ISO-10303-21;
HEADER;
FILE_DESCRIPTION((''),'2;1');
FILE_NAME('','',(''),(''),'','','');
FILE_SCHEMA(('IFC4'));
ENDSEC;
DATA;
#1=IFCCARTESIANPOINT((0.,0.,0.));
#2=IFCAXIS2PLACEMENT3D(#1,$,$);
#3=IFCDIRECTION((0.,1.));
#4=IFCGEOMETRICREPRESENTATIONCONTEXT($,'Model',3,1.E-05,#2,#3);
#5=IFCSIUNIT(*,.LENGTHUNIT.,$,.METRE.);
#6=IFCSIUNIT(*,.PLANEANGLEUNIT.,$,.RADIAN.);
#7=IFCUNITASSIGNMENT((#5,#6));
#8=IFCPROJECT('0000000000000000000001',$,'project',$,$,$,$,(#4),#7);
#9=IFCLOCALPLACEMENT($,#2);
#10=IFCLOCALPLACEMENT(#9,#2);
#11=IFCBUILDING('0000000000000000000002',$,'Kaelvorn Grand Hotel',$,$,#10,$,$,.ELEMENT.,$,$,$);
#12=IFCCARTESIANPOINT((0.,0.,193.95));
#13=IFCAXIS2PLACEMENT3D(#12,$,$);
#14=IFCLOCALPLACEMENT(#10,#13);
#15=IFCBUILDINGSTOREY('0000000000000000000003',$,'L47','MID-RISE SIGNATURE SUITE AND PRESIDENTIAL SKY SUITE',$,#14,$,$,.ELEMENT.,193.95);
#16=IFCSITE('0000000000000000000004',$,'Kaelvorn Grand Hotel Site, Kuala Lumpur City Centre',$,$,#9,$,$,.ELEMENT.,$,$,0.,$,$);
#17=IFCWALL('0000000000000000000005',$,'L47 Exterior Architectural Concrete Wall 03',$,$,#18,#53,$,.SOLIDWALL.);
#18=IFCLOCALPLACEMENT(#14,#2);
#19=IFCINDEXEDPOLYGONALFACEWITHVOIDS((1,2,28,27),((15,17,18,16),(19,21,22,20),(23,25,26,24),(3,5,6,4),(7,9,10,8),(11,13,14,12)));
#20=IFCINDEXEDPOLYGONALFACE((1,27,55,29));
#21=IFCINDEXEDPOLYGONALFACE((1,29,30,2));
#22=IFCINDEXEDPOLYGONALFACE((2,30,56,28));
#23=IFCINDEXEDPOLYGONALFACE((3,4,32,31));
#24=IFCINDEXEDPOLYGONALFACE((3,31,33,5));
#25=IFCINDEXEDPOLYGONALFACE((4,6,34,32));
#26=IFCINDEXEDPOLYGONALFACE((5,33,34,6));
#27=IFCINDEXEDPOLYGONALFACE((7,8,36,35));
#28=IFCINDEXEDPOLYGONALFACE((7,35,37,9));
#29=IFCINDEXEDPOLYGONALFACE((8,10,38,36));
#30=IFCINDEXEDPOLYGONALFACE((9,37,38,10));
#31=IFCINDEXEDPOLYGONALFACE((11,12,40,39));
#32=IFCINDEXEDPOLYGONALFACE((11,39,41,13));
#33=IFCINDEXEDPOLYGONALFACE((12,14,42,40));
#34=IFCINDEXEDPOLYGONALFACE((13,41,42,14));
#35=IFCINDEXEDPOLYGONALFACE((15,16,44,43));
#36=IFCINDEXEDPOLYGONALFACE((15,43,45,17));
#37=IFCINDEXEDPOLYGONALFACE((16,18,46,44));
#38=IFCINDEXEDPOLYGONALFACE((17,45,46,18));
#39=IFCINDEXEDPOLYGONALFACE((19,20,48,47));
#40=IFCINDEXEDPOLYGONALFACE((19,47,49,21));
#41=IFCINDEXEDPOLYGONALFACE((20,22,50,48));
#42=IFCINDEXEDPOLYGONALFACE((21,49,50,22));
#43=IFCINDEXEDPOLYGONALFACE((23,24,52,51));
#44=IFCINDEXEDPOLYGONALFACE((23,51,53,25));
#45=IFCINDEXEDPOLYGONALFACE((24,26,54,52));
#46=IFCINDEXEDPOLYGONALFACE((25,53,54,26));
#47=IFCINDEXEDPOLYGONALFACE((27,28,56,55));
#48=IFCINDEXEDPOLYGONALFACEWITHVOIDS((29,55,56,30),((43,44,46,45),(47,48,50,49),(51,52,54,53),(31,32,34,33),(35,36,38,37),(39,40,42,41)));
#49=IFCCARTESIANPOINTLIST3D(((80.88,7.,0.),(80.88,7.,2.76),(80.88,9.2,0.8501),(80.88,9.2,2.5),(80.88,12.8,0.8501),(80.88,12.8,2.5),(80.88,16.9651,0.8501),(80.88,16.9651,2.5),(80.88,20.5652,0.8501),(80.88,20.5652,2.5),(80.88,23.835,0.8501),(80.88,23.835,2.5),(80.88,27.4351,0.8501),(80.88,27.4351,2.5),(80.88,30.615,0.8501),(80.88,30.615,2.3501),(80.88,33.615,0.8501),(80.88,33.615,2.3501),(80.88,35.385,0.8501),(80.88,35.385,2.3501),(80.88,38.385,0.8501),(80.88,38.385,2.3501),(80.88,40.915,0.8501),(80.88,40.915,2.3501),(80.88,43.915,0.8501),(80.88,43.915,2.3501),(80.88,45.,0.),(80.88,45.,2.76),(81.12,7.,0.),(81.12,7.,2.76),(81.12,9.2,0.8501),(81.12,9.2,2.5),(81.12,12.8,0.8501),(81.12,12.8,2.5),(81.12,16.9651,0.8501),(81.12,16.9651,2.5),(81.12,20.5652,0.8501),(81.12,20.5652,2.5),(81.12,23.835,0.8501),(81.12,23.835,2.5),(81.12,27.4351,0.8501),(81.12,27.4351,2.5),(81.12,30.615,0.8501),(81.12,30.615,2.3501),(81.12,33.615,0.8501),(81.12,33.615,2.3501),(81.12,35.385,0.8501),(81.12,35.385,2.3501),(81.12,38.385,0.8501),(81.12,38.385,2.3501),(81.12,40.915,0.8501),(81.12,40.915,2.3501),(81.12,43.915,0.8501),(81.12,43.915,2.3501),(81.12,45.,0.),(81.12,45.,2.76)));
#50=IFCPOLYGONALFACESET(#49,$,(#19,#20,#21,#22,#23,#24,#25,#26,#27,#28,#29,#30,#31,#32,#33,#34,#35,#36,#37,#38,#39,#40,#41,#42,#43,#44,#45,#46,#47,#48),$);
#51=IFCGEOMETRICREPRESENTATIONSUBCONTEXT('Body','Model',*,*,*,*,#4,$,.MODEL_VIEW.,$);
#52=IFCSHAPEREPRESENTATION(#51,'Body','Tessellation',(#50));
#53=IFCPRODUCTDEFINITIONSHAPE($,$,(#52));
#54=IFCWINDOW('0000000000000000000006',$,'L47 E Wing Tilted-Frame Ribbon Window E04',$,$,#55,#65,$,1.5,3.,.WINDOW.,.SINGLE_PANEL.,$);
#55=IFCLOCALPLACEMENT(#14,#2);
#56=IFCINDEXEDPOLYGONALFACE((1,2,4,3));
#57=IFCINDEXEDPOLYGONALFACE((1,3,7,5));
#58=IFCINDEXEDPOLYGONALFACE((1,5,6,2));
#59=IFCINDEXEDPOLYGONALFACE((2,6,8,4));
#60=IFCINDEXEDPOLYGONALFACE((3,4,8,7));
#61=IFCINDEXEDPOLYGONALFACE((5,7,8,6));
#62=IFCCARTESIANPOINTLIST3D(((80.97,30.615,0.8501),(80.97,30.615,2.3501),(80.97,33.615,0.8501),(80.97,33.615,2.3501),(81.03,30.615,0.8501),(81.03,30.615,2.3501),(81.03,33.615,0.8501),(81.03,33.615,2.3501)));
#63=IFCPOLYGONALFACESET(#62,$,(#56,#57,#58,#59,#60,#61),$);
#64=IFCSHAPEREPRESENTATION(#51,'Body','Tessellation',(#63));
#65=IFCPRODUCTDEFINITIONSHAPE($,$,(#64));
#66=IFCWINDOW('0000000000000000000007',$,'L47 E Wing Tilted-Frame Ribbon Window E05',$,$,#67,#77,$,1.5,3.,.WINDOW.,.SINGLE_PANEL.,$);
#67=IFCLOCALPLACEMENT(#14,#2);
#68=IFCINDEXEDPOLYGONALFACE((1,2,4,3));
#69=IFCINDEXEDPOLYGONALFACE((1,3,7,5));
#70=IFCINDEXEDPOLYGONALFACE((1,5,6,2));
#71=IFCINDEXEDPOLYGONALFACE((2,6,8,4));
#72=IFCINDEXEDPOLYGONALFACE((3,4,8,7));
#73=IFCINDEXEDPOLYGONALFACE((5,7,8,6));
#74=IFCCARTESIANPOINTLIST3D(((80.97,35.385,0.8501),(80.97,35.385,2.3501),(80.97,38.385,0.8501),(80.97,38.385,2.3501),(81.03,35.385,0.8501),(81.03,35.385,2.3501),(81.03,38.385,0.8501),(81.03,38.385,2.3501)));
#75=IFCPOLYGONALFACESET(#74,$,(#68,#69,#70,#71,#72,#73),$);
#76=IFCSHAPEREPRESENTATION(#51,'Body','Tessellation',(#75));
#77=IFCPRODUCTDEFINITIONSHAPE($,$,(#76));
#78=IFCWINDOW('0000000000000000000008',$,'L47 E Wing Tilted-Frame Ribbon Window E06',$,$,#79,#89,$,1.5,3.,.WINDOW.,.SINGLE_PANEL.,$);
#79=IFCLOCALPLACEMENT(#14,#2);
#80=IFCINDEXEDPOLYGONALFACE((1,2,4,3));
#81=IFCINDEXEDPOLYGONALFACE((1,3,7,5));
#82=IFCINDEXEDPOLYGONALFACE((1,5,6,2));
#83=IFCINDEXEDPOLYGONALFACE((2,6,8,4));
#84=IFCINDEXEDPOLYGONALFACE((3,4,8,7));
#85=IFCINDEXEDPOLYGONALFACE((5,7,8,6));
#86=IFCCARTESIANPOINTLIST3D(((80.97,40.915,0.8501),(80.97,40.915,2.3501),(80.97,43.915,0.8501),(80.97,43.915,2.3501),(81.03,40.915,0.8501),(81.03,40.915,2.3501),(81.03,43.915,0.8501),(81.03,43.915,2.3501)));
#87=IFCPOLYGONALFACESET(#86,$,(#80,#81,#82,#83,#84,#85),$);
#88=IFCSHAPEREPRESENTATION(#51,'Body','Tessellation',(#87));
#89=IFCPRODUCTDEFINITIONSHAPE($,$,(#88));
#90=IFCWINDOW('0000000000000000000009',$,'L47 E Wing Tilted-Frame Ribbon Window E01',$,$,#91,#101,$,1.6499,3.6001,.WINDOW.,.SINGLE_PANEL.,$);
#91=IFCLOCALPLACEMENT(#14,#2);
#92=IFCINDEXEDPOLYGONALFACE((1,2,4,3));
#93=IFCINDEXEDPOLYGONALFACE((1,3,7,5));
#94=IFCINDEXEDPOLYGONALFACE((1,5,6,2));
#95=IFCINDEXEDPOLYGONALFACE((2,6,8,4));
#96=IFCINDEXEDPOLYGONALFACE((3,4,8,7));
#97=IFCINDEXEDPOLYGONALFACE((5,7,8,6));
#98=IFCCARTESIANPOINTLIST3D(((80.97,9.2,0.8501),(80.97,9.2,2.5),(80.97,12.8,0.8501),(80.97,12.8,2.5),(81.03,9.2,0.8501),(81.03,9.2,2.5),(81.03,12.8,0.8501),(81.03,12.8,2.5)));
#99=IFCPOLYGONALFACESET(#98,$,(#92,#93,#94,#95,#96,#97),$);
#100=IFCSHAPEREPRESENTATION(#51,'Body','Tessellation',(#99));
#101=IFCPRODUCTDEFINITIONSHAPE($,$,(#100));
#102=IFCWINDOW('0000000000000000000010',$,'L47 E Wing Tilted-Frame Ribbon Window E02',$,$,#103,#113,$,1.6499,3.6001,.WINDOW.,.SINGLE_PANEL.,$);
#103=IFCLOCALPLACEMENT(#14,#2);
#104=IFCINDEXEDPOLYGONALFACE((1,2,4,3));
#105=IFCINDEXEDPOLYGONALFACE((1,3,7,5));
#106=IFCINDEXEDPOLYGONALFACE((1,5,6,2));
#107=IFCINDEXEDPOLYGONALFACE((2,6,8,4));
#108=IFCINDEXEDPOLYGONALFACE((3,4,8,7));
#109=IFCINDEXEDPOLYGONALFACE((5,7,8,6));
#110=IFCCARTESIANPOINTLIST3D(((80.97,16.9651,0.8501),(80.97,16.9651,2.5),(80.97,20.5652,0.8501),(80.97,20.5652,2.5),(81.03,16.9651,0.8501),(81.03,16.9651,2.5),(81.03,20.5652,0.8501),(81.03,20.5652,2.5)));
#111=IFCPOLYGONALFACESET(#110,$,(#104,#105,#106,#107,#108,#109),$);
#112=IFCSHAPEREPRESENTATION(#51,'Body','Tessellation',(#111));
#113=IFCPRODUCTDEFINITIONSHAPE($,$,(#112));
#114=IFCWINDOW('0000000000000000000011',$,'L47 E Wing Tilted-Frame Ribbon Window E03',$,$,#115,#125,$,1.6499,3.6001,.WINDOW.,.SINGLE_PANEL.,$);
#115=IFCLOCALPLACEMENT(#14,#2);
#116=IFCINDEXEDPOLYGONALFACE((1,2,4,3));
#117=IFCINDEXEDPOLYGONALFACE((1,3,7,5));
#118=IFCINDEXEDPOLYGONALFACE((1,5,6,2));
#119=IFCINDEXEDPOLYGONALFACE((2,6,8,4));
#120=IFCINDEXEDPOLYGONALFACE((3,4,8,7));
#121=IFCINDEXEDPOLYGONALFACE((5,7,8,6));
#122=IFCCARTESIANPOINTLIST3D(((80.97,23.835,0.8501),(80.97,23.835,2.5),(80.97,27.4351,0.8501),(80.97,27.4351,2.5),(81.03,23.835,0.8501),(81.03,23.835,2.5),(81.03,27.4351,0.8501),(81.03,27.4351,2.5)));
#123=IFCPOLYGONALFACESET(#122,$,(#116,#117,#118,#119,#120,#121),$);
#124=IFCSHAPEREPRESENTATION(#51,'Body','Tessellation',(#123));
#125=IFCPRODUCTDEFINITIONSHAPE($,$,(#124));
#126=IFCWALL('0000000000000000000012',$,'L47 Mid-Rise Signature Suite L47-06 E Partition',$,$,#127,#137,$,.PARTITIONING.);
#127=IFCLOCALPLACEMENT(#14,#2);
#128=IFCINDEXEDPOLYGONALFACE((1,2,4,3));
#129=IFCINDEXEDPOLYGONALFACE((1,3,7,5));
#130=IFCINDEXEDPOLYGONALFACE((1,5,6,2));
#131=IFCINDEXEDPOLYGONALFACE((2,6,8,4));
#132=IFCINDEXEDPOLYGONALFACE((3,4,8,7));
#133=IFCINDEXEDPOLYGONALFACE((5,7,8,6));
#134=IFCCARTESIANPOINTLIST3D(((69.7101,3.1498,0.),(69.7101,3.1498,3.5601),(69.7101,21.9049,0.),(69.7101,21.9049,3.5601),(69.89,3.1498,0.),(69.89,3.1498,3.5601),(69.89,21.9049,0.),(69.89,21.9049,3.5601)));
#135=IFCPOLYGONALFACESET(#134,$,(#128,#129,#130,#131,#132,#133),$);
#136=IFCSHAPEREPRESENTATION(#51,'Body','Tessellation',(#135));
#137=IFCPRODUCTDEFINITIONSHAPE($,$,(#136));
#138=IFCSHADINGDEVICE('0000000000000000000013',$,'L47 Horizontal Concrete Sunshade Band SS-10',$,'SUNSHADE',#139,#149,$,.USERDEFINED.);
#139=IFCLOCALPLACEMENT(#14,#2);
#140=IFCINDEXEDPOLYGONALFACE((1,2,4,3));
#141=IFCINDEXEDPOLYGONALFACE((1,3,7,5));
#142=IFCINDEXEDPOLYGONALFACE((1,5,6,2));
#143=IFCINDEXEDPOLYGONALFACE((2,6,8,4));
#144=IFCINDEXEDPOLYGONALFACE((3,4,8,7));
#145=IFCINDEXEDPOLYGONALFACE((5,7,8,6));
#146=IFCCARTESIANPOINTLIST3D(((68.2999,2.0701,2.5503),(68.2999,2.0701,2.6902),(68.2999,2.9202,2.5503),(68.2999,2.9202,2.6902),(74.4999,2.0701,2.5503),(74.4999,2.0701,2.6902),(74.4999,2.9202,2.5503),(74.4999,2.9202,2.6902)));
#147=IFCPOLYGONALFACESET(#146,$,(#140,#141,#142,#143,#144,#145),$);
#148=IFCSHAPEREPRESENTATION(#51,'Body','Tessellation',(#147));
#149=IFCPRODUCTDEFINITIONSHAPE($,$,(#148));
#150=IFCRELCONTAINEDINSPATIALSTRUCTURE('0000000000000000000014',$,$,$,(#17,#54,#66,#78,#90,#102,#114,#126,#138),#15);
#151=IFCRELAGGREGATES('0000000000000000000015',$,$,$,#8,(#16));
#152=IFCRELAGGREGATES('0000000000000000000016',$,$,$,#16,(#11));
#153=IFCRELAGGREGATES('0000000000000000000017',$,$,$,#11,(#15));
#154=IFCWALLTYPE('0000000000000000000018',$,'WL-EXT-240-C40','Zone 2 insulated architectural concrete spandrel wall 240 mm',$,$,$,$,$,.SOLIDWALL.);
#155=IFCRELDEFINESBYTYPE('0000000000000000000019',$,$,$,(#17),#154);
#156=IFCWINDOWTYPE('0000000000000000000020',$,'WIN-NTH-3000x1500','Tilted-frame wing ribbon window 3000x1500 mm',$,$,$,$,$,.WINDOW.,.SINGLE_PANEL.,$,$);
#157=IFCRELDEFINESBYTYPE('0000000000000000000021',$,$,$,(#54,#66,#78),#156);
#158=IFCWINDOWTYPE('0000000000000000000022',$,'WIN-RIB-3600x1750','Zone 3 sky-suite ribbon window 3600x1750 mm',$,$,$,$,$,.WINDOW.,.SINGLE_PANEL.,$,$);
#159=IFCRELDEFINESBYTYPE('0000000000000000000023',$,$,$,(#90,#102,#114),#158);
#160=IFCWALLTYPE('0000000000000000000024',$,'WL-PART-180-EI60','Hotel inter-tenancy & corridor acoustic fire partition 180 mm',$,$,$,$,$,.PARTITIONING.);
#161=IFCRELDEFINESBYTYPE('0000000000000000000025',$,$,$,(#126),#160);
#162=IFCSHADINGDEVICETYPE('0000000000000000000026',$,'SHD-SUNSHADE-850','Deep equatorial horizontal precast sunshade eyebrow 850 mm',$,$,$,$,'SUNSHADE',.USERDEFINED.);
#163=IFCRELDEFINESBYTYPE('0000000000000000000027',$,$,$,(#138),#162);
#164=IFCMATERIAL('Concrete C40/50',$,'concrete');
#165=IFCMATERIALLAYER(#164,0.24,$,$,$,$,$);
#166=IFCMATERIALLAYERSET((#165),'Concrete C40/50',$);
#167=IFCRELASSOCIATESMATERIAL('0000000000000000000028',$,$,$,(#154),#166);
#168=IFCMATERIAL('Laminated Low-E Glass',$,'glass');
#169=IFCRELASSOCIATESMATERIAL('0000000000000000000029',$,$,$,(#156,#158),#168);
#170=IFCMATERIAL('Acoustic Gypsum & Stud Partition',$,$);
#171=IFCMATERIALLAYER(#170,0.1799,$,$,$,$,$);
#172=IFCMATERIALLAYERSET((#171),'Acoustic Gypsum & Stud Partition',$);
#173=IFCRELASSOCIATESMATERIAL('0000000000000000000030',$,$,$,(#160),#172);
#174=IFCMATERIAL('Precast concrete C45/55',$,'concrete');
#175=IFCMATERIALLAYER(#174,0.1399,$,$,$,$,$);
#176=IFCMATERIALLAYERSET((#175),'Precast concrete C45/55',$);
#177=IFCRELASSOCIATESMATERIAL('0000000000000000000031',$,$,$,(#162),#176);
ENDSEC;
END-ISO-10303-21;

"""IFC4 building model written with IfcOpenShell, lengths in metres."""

from ifc_helpers import new_model, si_unit, direction, frame, frame_2d, origin, origin_2d, place, context, subcontext, project, spatial, rectangle, extrude, material, layer, layer_set, type_object, element, fill, save


model = new_model("IFC4")

# Units and contexts
model_context = context("Model", 3, precision=1e-05, world=origin(), true_north=direction((0.0, 1.0)))
body_context = subcontext(model_context, "Body", "Model", "MODEL_VIEW")
ifc_project = project(units=[si_unit("LENGTHUNIT", "METRE"), si_unit("PLANEANGLEUNIT", "RADIAN")], contexts=[model_context])

# Site, building, storey
site_placement = place(None, origin())
site = spatial("IfcSite", under=ifc_project, at=site_placement, Name="Kaelvorn Grand Hotel Site, Kuala Lumpur City Centre", CompositionType="ELEMENT", RefElevation=0.0)
building_placement = place(site_placement, origin())
building = spatial("IfcBuilding", under=site, at=building_placement, Name="Kaelvorn Grand Hotel", CompositionType="ELEMENT")
storey_placement = place(building_placement, frame((0.0, 0.0, 193.95)))
storey = spatial("IfcBuildingStorey", under=building, at=storey_placement, Name="L47", Description="MID-RISE SIGNATURE SUITE AND PRESIDENTIAL SKY SUITE", CompositionType="ELEMENT", Elevation=193.95)

# Shared definitions
ifc_material_1 = material(Name="Precast concrete C45/55", Category="concrete")

# Shared definitions
ifc_material_2 = material(Name="Concrete C40/50", Category="concrete")
ifc_layer_1 = layer(ifc_material_2, 0.24)
ifc_layer_set_1 = layer_set([ifc_layer_1], Name="Concrete C40/50")
wall_type_1 = type_object("IfcWallType", Name="WL-EXT-240-C40", Description="Zone 2 insulated architectural concrete spandrel wall 240 mm", PredefinedType="SOLIDWALL", material=ifc_layer_set_1)
ifc_material_3 = material(Name="Laminated Low-E Glass", Category="glass")

# Wall, openings, windows
wall_1_placement = place(storey_placement, frame((81.0, 7.0, 0.0), z_axis=(0.0, 0.0, 1.0), x_axis=(0.0, 1.0, 0.0)))
wall_1 = element("IfcWall", 1, at=wall_1_placement, inside=storey, type_object=wall_type_1, Name="L47 Exterior Architectural Concrete Wall 03", PredefinedType="SOLIDWALL", context=body_context, shape_type="SweptSolid", body=[
    extrude(rectangle(XDim=38.0, YDim=0.24, at=frame_2d((19.0, 0.0))), origin(), (0.0, 0.0, 1.0), 2.76),
])
opening_1_placement = place(wall_1_placement, frame((2.2, 0.0, 0.8501)))
opening_1 = element("IfcOpeningElement", 2, at=opening_1_placement, cuts=wall_1, PredefinedType="OPENING", context=body_context, shape_type="SweptSolid", body=[
    extrude(rectangle(XDim=3.6001, YDim=1.6499, at=frame_2d((1.8, 0.825))), frame((0.0, 0.1299, 0.0), z_axis=(0.0, -1.0, 0.0), x_axis=(1.0, 0.0, 0.0)), (0.0, 0.0, 1.0), 0.26),
])
opening_2_placement = place(wall_1_placement, frame((9.9651, 0.0, 0.8501)))
opening_2 = element("IfcOpeningElement", 3, at=opening_2_placement, cuts=wall_1, PredefinedType="OPENING", context=body_context, shape_type="SweptSolid", body=[
    extrude(rectangle(XDim=3.6001, YDim=1.6499, at=frame_2d((1.8, 0.825))), frame((0.0, 0.1299, 0.0), z_axis=(0.0, -1.0, 0.0), x_axis=(1.0, 0.0, 0.0)), (0.0, 0.0, 1.0), 0.26),
])
opening_3_placement = place(wall_1_placement, frame((16.835, 0.0, 0.8501)))
opening_3 = element("IfcOpeningElement", 4, at=opening_3_placement, cuts=wall_1, PredefinedType="OPENING", context=body_context, shape_type="SweptSolid", body=[
    extrude(rectangle(XDim=3.6001, YDim=1.6499, at=frame_2d((1.8, 0.825))), frame((0.0, 0.1299, 0.0), z_axis=(0.0, -1.0, 0.0), x_axis=(1.0, 0.0, 0.0)), (0.0, 0.0, 1.0), 0.26),
])
opening_4_placement = place(wall_1_placement, frame((23.615, 0.0, 0.8501)))
opening_4 = element("IfcOpeningElement", 5, at=opening_4_placement, cuts=wall_1, PredefinedType="OPENING", context=body_context, shape_type="SweptSolid", body=[
    extrude(rectangle(XDim=3.0, YDim=1.5, at=frame_2d((1.5, 0.75))), frame((0.0, 0.1299, 0.0), z_axis=(0.0, -1.0, 0.0), x_axis=(1.0, 0.0, 0.0)), (0.0, 0.0, 1.0), 0.26),
])
opening_5_placement = place(wall_1_placement, frame((28.385, 0.0, 0.8501)))
opening_5 = element("IfcOpeningElement", 6, at=opening_5_placement, cuts=wall_1, PredefinedType="OPENING", context=body_context, shape_type="SweptSolid", body=[
    extrude(rectangle(XDim=3.0, YDim=1.5, at=frame_2d((1.5, 0.75))), frame((0.0, 0.1299, 0.0), z_axis=(0.0, -1.0, 0.0), x_axis=(1.0, 0.0, 0.0)), (0.0, 0.0, 1.0), 0.26),
])
opening_6_placement = place(wall_1_placement, frame((33.915, 0.0, 0.8501)))
opening_6 = element("IfcOpeningElement", 7, at=opening_6_placement, cuts=wall_1, PredefinedType="OPENING", context=body_context, shape_type="SweptSolid", body=[
    extrude(rectangle(XDim=3.0, YDim=1.5, at=frame_2d((1.5, 0.75))), frame((0.0, 0.1299, 0.0), z_axis=(0.0, -1.0, 0.0), x_axis=(1.0, 0.0, 0.0)), (0.0, 0.0, 1.0), 0.26),
])
window_type_1 = type_object("IfcWindowType", Name="WIN-NTH-3000x1500", Description="Tilted-frame wing ribbon window 3000x1500 mm", PartitioningType="SINGLE_PANEL", PredefinedType="WINDOW", material=ifc_material_3)
window_1_placement = place(opening_4_placement, origin())
window_1 = element("IfcWindow", 8, at=window_1_placement, inside=storey, type_object=window_type_1, Name="L47 E Wing Tilted-Frame Ribbon Window E04", OverallHeight=1.5, OverallWidth=3.0, PartitioningType="SINGLE_PANEL", PredefinedType="WINDOW", context=body_context, shape_type="SweptSolid", body=[
    extrude(rectangle(XDim=3.0, YDim=1.5, at=frame_2d((1.5, 0.75))), frame((0.0, 0.03, 0.0), z_axis=(0.0, -1.0, 0.0), x_axis=(1.0, 0.0, 0.0)), (0.0, 0.0, 1.0), 0.0601),
])
fill(opening_4, window_1)
window_2_placement = place(opening_5_placement, origin())
window_2 = element("IfcWindow", 9, at=window_2_placement, inside=storey, type_object=window_type_1, Name="L47 E Wing Tilted-Frame Ribbon Window E05", OverallHeight=1.5, OverallWidth=3.0, PartitioningType="SINGLE_PANEL", PredefinedType="WINDOW", context=body_context, shape_type="SweptSolid", body=[
    extrude(rectangle(XDim=3.0, YDim=1.5, at=frame_2d((1.5, 0.75))), frame((0.0, 0.03, 0.0), z_axis=(0.0, -1.0, 0.0), x_axis=(1.0, 0.0, 0.0)), (0.0, 0.0, 1.0), 0.0601),
])
fill(opening_5, window_2)
window_3_placement = place(opening_6_placement, origin())
window_3 = element("IfcWindow", 10, at=window_3_placement, inside=storey, type_object=window_type_1, Name="L47 E Wing Tilted-Frame Ribbon Window E06", OverallHeight=1.5, OverallWidth=3.0, PartitioningType="SINGLE_PANEL", PredefinedType="WINDOW", context=body_context, shape_type="SweptSolid", body=[
    extrude(rectangle(XDim=3.0, YDim=1.5, at=frame_2d((1.5, 0.75))), frame((0.0, 0.03, 0.0), z_axis=(0.0, -1.0, 0.0), x_axis=(1.0, 0.0, 0.0)), (0.0, 0.0, 1.0), 0.0601),
])
fill(opening_6, window_3)
window_type_2 = type_object("IfcWindowType", Name="WIN-RIB-3600x1750", Description="Zone 3 sky-suite ribbon window 3600x1750 mm", PartitioningType="SINGLE_PANEL", PredefinedType="WINDOW", material=ifc_material_3)
window_4_placement = place(opening_1_placement, origin())
window_4 = element("IfcWindow", 11, at=window_4_placement, inside=storey, type_object=window_type_2, Name="L47 E Wing Tilted-Frame Ribbon Window E01", OverallHeight=1.6499, OverallWidth=3.6001, PartitioningType="SINGLE_PANEL", PredefinedType="WINDOW", context=body_context, shape_type="SweptSolid", body=[
    extrude(rectangle(XDim=3.6001, YDim=1.6499, at=frame_2d((1.8, 0.825))), frame((0.0, 0.03, 0.0), z_axis=(0.0, -1.0, 0.0), x_axis=(1.0, 0.0, 0.0)), (0.0, 0.0, 1.0), 0.0601),
])
fill(opening_1, window_4)
window_5_placement = place(opening_2_placement, origin())
window_5 = element("IfcWindow", 12, at=window_5_placement, inside=storey, type_object=window_type_2, Name="L47 E Wing Tilted-Frame Ribbon Window E02", OverallHeight=1.6499, OverallWidth=3.6001, PartitioningType="SINGLE_PANEL", PredefinedType="WINDOW", context=body_context, shape_type="SweptSolid", body=[
    extrude(rectangle(XDim=3.6001, YDim=1.6499, at=frame_2d((1.8, 0.825))), frame((0.0, 0.03, 0.0), z_axis=(0.0, -1.0, 0.0), x_axis=(1.0, 0.0, 0.0)), (0.0, 0.0, 1.0), 0.0601),
])
fill(opening_2, window_5)
window_6_placement = place(opening_3_placement, origin())
window_6 = element("IfcWindow", 13, at=window_6_placement, inside=storey, type_object=window_type_2, Name="L47 E Wing Tilted-Frame Ribbon Window E03", OverallHeight=1.6499, OverallWidth=3.6001, PartitioningType="SINGLE_PANEL", PredefinedType="WINDOW", context=body_context, shape_type="SweptSolid", body=[
    extrude(rectangle(XDim=3.6001, YDim=1.6499, at=frame_2d((1.8, 0.825))), frame((0.0, 0.03, 0.0), z_axis=(0.0, -1.0, 0.0), x_axis=(1.0, 0.0, 0.0)), (0.0, 0.0, 1.0), 0.0601),
])
fill(opening_3, window_6)

# Wall
ifc_material_4 = material(Name="Acoustic Gypsum & Stud Partition")
ifc_layer_2 = layer(ifc_material_4, 0.1799)
ifc_layer_set_2 = layer_set([ifc_layer_2], Name="Acoustic Gypsum & Stud Partition")
wall_type_2 = type_object("IfcWallType", Name="WL-PART-180-EI60", Description="Hotel inter-tenancy & corridor acoustic fire partition 180 mm", PredefinedType="PARTITIONING", material=ifc_layer_set_2)
wall_2_placement = place(storey_placement, frame((69.8, 3.1499, 0.0), z_axis=(0.0, 0.0, 1.0), x_axis=(0.0, 1.0, 0.0)))
element("IfcWall", 14, at=wall_2_placement, inside=storey, type_object=wall_type_2, Name="L47 Mid-Rise Signature Suite L47-06 E Partition", PredefinedType="PARTITIONING", context=body_context, shape_type="SweptSolid", body=[
    extrude(rectangle(XDim=18.7551, YDim=0.1799, at=frame_2d((9.3774, 0.0))), origin(), (0.0, 0.0, 1.0), 3.5601),
])

# Shading device
ifc_layer_3 = layer(ifc_material_1, 0.1399)
ifc_layer_set_3 = layer_set([ifc_layer_3], Name="Precast concrete C45/55")
shading_device_type = type_object("IfcShadingDeviceType", Name="SHD-SUNSHADE-850", Description="Deep equatorial horizontal precast sunshade eyebrow 850 mm", ElementType="SUNSHADE", PredefinedType="USERDEFINED", material=ifc_layer_set_3)
shading_device_placement = place(storey_placement, frame((71.3999, 2.4951, 2.5503), z_axis=(0.0, 0.0, 1.0), x_axis=(1.0, 0.0, 0.0)))
element("IfcShadingDevice", 15, at=shading_device_placement, inside=storey, type_object=shading_device_type, Name="L47 Horizontal Concrete Sunshade Band SS-10", ObjectType="SUNSHADE", PredefinedType="USERDEFINED", context=body_context, shape_type="SweptSolid", body=[
    extrude(rectangle(XDim=6.2, YDim=0.8501, at=origin_2d()), origin(), (0.0, 0.0, 1.0), 0.1399),
])

save(model, "model.ifc")
